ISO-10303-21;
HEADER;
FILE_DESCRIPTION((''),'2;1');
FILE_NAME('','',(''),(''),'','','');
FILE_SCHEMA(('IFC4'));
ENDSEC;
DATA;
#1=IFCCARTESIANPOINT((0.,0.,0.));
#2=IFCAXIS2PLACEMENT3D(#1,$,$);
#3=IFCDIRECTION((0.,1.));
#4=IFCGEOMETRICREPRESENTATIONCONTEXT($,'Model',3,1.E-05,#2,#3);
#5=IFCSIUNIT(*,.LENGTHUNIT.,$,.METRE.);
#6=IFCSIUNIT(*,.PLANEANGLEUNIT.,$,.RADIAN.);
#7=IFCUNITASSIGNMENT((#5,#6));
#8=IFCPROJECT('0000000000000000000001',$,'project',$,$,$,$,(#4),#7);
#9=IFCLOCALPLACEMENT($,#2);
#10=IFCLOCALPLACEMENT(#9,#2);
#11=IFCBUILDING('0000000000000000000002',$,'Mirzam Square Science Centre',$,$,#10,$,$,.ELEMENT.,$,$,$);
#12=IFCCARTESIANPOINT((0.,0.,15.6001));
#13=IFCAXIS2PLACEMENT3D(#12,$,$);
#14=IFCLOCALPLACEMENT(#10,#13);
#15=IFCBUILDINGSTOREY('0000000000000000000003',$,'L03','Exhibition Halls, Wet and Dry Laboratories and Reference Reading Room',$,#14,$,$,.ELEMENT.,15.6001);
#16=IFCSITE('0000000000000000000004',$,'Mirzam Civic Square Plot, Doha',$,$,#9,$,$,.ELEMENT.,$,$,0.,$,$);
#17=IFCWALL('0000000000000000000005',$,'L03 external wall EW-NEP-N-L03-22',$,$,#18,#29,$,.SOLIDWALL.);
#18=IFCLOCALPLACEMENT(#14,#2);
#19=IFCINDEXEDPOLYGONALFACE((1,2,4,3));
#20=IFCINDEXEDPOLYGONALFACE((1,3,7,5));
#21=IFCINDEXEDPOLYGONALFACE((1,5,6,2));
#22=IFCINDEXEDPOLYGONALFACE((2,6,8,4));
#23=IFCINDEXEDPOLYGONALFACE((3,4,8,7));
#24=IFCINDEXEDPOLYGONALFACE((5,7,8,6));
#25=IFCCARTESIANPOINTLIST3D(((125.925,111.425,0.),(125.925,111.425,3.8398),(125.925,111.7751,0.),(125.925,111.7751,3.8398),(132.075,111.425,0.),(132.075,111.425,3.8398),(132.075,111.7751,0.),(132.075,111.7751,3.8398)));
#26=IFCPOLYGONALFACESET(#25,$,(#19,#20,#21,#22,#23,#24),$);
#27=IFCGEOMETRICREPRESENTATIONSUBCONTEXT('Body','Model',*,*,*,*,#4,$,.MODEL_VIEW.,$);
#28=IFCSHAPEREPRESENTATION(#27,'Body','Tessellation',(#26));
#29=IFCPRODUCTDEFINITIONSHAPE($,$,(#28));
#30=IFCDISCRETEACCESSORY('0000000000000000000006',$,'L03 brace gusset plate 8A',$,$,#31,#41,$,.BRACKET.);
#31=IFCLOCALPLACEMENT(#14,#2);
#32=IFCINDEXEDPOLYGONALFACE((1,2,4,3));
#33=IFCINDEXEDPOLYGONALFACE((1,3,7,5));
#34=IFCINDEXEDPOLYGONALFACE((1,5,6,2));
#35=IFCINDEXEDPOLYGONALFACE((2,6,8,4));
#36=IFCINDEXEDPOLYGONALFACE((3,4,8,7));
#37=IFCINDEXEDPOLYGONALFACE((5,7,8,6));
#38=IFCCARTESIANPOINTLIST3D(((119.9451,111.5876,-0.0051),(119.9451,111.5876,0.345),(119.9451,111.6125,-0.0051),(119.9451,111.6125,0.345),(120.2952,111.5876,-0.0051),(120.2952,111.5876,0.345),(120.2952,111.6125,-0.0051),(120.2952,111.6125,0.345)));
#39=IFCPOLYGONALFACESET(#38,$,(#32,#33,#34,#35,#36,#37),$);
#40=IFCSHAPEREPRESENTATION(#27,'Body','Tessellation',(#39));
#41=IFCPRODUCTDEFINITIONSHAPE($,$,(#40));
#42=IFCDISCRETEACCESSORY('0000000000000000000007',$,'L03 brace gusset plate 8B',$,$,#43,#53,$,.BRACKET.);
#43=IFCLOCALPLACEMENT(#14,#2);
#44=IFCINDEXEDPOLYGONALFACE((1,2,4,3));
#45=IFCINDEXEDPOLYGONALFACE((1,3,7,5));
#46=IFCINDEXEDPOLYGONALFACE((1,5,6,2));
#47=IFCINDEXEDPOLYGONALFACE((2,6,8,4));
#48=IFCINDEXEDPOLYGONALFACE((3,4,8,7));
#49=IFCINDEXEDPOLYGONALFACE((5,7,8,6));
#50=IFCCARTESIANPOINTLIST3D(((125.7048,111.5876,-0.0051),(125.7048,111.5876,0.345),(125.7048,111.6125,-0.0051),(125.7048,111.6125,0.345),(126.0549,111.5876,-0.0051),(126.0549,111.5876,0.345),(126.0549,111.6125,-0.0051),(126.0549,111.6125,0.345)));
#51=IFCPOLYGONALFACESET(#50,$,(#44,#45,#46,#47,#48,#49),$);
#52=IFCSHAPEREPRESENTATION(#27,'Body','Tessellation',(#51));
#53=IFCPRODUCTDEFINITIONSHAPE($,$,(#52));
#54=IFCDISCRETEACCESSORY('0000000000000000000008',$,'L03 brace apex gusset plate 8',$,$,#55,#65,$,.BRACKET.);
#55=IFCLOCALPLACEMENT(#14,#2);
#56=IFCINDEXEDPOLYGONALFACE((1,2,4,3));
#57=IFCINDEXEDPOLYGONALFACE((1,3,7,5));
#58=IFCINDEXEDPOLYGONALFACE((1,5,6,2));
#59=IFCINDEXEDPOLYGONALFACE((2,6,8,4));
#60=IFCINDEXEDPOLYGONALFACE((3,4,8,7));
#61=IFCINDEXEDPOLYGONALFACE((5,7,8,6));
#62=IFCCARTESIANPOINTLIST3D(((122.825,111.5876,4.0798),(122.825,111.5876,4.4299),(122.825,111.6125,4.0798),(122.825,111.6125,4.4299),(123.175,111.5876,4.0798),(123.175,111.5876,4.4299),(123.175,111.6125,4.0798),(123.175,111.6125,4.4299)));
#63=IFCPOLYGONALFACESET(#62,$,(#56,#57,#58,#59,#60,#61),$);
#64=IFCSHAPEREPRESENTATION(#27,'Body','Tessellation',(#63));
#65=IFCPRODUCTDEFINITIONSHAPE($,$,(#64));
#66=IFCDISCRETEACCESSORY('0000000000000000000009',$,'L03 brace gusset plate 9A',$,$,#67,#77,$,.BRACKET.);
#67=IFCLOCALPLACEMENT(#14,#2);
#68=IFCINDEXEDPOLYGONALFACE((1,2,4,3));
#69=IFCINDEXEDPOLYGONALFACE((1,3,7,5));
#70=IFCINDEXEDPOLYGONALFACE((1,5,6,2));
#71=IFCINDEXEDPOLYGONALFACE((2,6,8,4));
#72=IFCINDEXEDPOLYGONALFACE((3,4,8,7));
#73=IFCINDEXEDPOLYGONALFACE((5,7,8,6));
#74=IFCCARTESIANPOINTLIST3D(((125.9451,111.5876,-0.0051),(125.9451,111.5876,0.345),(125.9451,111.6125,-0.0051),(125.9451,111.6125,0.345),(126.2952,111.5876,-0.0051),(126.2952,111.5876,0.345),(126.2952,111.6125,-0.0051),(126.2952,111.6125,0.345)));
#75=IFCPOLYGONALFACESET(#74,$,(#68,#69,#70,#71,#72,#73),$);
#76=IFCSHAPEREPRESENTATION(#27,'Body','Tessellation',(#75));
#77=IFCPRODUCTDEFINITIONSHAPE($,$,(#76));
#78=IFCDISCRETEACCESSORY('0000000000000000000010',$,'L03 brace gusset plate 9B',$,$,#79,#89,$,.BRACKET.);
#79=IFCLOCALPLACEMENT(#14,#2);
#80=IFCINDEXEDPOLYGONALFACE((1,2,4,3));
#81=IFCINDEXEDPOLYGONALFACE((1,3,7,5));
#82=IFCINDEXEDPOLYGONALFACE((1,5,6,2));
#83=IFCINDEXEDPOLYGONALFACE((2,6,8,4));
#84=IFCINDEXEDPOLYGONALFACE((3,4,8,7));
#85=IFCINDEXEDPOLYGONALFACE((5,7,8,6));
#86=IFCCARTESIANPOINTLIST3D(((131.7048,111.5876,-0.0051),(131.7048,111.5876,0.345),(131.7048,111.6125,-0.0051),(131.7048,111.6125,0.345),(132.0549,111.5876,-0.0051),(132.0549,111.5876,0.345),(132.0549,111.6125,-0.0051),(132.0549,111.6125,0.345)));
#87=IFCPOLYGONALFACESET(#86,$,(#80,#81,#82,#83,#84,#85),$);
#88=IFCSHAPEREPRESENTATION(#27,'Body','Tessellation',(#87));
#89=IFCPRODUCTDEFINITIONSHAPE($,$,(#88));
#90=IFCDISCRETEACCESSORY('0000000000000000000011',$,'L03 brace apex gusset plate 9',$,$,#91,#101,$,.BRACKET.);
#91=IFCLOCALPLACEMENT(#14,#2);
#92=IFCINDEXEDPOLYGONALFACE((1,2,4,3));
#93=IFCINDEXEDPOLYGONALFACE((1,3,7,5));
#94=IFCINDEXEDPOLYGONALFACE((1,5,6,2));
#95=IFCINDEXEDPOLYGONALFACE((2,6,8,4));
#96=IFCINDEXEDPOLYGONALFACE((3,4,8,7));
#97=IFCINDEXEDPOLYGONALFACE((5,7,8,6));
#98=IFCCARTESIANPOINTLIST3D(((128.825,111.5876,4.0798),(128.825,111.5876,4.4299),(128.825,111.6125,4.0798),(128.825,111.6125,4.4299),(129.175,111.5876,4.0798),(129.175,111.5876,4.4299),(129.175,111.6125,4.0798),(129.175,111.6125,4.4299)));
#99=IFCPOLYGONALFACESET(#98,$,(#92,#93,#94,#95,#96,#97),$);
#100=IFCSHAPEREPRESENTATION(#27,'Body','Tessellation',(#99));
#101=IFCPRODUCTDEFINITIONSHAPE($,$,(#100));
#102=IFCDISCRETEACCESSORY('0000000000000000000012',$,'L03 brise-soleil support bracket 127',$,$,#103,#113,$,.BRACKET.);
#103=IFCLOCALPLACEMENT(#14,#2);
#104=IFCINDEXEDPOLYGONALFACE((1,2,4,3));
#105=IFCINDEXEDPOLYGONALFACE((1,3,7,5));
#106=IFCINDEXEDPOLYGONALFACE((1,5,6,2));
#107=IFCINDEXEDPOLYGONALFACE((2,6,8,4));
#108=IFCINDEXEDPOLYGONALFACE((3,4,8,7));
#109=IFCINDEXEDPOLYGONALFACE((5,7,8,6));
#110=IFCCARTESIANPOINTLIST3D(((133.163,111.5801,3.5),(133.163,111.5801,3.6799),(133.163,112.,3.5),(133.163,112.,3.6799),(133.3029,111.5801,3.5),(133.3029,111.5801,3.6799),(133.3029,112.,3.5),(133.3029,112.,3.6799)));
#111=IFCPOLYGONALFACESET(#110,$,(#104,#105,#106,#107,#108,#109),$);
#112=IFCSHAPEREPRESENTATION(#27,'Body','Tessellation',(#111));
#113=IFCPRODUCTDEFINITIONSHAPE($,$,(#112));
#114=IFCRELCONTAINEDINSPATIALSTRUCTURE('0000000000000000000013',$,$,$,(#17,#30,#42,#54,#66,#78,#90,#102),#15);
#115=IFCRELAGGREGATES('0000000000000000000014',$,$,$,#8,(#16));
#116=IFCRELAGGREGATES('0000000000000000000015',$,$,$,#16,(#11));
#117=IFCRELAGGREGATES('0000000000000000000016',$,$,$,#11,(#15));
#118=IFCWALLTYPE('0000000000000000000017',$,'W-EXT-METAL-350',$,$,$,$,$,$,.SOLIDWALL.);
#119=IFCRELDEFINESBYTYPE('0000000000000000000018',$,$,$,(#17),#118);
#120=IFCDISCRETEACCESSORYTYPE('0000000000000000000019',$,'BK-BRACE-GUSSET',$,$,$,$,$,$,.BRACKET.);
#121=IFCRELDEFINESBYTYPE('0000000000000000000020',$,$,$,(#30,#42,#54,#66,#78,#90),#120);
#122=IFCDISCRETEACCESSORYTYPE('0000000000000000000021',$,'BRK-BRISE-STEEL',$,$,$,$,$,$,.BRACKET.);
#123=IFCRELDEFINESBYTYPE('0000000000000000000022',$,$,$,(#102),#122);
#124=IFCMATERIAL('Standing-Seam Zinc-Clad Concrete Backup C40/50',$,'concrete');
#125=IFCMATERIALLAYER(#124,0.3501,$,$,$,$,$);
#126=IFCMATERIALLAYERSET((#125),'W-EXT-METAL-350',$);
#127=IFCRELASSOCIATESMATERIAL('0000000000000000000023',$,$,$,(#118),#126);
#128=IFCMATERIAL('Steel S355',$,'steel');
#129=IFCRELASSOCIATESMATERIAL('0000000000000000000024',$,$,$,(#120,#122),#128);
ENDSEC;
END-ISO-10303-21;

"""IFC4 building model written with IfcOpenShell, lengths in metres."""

from ifc_helpers import new_model, si_unit, direction, frame, frame_2d, origin, origin_2d, place, context, subcontext, project, spatial, rectangle, extrude, material, layer, layer_set, type_object, element, save


model = new_model("IFC4")

# Units and contexts
model_context = context("Model", 3, precision=1e-05, world=origin(), true_north=direction((0.0, 1.0)))
body_context = subcontext(model_context, "Body", "Model", "MODEL_VIEW")
ifc_project = project(units=[si_unit("LENGTHUNIT", "METRE"), si_unit("PLANEANGLEUNIT", "RADIAN")], contexts=[model_context])

# Site, building, storey
site_placement = place(None, origin())
site = spatial("IfcSite", under=ifc_project, at=site_placement, Name="Mirzam Civic Square Plot, Doha", CompositionType="ELEMENT", RefElevation=0.0)
building_placement = place(site_placement, origin())
building = spatial("IfcBuilding", under=site, at=building_placement, Name="Mirzam Square Science Centre", CompositionType="ELEMENT")
storey_placement = place(building_placement, frame((0.0, 0.0, 15.6001)))
storey = spatial("IfcBuildingStorey", under=building, at=storey_placement, Name="L03", Description="Exhibition Halls, Wet and Dry Laboratories and Reference Reading Room", CompositionType="ELEMENT", Elevation=15.6001)

# Shared definitions
ifc_material_1 = material(Name="Steel S355", Category="steel")

# Wall
ifc_material_2 = material(Name="Standing-Seam Zinc-Clad Concrete Backup C40/50", Category="concrete")
ifc_layer_1 = layer(ifc_material_2, 0.3501)
ifc_layer_set_1 = layer_set([ifc_layer_1], Name="W-EXT-METAL-350")
wall_type = type_object("IfcWallType", Name="W-EXT-METAL-350", PredefinedType="SOLIDWALL", material=ifc_layer_set_1)
for number, where, z_axis, x_axis, name in (
    (1, (132.075, 111.6001, 0.0), (0.0, 0.0, 1.0), (-1.0, 0.0, 0.0), "L03 external wall EW-NEP-N-L03-22"),
):
    element("IfcWall", number, at=place(storey_placement, frame(where, z_axis=z_axis, x_axis=x_axis)), inside=storey, type_object=wall_type, Name=name, PredefinedType="SOLIDWALL", context=body_context, shape_type="SweptSolid", body=[
        extrude(rectangle(XDim=6.1499, YDim=0.3501, at=frame_2d((3.075, 0.0))), origin(), (0.0, 0.0, 1.0), 3.8398),
    ])

# Discrete accessories
discrete_accessory_type_1 = type_object("IfcDiscreteAccessoryType", Name="BK-BRACE-GUSSET", PredefinedType="BRACKET", material=ifc_material_1)
for number, where, z_axis, x_axis, name in (
    (2, (120.1201, 111.6001, -0.0051), (0.0, 0.0, 1.0), (1.0, 0.0, 0.0), "L03 brace gusset plate 8A"),
    (3, (125.8799, 111.6001, -0.0051), (0.0, 0.0, 1.0), (1.0, 0.0, 0.0), "L03 brace gusset plate 8B"),
    (4, (123.0, 111.6001, 4.0798), (0.0, 0.0, 1.0), (1.0, 0.0, 0.0), "L03 brace apex gusset plate 8"),
    (5, (126.1201, 111.6001, -0.0051), (0.0, 0.0, 1.0), (1.0, 0.0, 0.0), "L03 brace gusset plate 9A"),
    (6, (131.8799, 111.6001, -0.0051), (0.0, 0.0, 1.0), (1.0, 0.0, 0.0), "L03 brace gusset plate 9B"),
    (7, (129.0, 111.6001, 4.0798), (0.0, 0.0, 1.0), (1.0, 0.0, 0.0), "L03 brace apex gusset plate 9"),
):
    element("IfcDiscreteAccessory", number, at=place(storey_placement, frame(where, z_axis=z_axis, x_axis=x_axis)), inside=storey, type_object=discrete_accessory_type_1, Name=name, PredefinedType="BRACKET", context=body_context, shape_type="SweptSolid", body=[
        extrude(rectangle(XDim=0.3501, YDim=0.0249, at=origin_2d()), origin(), (0.0, 0.0, 1.0), 0.3501),
    ])
discrete_accessory_type_2 = type_object("IfcDiscreteAccessoryType", Name="BRK-BRISE-STEEL", PredefinedType="BRACKET", material=ifc_material_1)
discrete_accessory_placement = place(storey_placement, frame((133.2329, 111.79, 3.5), z_axis=(0.0, 0.0, 1.0), x_axis=(-1.0, 0.0, 0.0)))
element("IfcDiscreteAccessory", 8, at=discrete_accessory_placement, inside=storey, type_object=discrete_accessory_type_2, Name="L03 brise-soleil support bracket 127", PredefinedType="BRACKET", context=body_context, shape_type="SweptSolid", body=[
    extrude(rectangle(XDim=0.1399, YDim=0.4199, at=origin_2d()), origin(), (0.0, 0.0, 1.0), 0.1799),
])

save(model, "model.ifc")
